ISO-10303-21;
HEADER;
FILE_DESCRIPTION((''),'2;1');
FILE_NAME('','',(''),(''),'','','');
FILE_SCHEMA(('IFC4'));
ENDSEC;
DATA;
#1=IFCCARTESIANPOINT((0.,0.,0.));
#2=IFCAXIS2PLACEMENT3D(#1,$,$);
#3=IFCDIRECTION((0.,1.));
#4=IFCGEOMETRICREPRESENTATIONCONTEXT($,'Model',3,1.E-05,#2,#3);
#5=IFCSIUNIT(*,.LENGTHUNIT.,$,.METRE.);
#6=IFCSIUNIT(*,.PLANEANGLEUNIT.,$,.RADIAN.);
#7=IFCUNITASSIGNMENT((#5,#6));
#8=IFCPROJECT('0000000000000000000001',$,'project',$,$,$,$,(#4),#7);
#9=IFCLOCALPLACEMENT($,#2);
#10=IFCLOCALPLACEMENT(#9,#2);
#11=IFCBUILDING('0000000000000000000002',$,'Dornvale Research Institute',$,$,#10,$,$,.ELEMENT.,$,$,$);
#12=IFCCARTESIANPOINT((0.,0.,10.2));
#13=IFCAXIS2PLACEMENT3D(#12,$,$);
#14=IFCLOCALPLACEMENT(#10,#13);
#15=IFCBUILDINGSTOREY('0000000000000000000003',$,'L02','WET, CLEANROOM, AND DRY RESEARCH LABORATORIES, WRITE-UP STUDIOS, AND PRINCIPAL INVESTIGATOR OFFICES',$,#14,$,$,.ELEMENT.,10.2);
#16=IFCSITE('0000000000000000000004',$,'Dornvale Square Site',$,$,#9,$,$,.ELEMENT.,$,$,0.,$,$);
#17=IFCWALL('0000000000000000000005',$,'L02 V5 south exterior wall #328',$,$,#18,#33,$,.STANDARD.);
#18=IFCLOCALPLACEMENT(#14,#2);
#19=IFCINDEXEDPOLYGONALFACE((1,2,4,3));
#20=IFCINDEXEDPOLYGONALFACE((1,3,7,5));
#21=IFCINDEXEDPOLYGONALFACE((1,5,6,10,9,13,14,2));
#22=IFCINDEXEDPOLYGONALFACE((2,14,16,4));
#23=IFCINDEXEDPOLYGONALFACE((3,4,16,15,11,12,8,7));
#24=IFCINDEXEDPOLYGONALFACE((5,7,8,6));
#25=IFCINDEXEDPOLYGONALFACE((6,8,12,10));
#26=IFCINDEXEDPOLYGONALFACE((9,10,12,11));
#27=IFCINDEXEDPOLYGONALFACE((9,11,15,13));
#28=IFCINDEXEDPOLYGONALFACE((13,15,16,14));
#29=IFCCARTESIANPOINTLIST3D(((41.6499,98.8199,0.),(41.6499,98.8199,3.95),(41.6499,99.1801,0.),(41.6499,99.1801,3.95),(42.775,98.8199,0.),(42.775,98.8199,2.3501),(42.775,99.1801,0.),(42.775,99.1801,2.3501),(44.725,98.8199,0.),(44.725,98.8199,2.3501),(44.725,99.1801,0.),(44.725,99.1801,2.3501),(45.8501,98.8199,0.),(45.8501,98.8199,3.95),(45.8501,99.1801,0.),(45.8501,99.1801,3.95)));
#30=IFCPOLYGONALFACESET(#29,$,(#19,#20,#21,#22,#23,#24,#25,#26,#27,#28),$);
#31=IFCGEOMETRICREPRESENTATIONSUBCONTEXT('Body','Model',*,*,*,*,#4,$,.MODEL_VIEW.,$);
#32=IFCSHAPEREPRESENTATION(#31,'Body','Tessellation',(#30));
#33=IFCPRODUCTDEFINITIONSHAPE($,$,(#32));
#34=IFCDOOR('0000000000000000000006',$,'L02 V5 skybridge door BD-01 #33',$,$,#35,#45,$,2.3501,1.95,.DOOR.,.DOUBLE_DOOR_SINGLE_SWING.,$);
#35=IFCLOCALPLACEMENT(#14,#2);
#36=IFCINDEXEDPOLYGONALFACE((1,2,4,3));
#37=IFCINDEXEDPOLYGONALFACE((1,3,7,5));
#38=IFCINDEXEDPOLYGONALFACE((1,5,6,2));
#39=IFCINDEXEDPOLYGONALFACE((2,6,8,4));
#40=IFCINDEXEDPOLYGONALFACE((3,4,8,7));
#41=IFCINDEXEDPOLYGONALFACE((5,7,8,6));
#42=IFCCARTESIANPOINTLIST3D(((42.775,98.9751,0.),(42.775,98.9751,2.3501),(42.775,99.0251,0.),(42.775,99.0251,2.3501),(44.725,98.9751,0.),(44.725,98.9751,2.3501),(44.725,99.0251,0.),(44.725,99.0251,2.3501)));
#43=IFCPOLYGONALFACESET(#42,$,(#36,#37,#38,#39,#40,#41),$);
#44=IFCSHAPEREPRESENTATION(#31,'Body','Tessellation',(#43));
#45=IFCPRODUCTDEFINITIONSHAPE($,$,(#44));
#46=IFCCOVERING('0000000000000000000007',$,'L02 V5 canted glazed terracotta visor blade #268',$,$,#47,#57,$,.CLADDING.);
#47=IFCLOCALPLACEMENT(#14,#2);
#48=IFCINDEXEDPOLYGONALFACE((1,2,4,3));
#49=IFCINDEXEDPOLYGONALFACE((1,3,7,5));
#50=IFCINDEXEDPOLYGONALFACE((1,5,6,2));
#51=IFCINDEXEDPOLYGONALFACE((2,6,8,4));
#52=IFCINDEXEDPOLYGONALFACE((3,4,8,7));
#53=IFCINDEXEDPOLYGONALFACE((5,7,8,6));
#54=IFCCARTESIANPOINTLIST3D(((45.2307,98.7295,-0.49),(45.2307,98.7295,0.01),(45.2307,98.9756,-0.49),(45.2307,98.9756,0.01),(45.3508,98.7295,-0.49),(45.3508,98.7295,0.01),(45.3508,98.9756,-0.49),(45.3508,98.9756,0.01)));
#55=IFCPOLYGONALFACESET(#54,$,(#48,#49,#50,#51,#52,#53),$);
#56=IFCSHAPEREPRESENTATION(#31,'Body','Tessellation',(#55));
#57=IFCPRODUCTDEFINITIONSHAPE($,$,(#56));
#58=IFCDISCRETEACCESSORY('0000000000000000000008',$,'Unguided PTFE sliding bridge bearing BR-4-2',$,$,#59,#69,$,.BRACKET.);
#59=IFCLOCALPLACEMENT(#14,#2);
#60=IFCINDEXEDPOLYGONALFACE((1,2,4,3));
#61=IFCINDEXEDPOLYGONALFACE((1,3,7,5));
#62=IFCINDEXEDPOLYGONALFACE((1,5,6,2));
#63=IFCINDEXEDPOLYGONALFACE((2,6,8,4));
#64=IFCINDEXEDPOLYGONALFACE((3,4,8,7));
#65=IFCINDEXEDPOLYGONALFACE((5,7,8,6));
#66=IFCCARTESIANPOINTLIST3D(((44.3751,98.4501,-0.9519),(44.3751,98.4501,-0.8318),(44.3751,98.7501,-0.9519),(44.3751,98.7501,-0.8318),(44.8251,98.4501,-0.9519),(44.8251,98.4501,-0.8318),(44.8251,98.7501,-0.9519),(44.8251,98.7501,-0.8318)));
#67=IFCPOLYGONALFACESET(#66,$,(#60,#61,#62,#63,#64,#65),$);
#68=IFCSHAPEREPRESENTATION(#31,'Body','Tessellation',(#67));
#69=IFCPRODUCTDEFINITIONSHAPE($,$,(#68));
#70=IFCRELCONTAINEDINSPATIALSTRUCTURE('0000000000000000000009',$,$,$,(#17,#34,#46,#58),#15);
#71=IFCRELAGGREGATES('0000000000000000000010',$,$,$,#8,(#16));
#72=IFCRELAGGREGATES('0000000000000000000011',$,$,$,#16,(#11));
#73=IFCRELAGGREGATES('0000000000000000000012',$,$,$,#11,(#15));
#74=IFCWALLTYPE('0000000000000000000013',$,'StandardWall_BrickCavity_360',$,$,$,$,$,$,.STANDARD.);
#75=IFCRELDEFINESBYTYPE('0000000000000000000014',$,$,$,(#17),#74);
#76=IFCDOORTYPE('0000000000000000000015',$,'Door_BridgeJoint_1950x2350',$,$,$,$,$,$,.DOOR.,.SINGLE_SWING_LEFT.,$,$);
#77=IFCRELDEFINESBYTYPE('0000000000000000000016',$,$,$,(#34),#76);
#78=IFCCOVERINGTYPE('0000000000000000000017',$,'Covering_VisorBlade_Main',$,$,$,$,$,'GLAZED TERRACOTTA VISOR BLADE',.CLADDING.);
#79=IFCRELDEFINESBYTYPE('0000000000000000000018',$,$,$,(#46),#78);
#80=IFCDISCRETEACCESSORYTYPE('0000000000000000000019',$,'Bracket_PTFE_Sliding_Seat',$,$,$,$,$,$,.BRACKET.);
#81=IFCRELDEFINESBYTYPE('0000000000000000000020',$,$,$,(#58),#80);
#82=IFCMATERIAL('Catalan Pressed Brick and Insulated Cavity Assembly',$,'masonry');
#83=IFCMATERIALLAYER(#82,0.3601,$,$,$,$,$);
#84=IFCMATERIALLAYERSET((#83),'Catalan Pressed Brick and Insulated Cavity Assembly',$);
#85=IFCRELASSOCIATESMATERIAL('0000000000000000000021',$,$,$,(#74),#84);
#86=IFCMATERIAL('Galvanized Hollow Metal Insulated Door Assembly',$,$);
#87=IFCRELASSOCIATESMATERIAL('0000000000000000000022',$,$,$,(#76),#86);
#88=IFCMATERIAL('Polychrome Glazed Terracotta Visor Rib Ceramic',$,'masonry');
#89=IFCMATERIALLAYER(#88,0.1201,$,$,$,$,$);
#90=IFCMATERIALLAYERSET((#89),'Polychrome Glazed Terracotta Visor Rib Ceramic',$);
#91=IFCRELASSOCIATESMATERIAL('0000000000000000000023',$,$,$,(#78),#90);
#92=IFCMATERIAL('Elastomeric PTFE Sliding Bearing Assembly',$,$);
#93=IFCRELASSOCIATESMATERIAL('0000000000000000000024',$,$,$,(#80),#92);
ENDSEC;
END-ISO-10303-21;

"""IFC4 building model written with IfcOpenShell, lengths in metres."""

from ifc_helpers import new_model, si_unit, direction, frame, frame_2d, origin, origin_2d, place, context, subcontext, project, spatial, rectangle, extrude, material, layer, layer_set, type_object, element, fill, save


model = new_model("IFC4")

# Units and contexts
model_context = context("Model", 3, precision=1e-05, world=origin(), true_north=direction((0.0, 1.0)))
body_context = subcontext(model_context, "Body", "Model", "MODEL_VIEW")
ifc_project = project(units=[si_unit("LENGTHUNIT", "METRE"), si_unit("PLANEANGLEUNIT", "RADIAN")], contexts=[model_context])

# Site, building, storey
site_placement = place(None, origin())
site = spatial("IfcSite", under=ifc_project, at=site_placement, Name="Dornvale Square Site", CompositionType="ELEMENT", RefElevation=0.0)
building_placement = place(site_placement, origin())
building = spatial("IfcBuilding", under=site, at=building_placement, Name="Dornvale Research Institute", CompositionType="ELEMENT")
storey_placement = place(building_placement, frame((0.0, 0.0, 10.2)))
storey = spatial("IfcBuildingStorey", under=building, at=storey_placement, Name="L02", Description="WET, CLEANROOM, AND DRY RESEARCH LABORATORIES, WRITE-UP STUDIOS, AND PRINCIPAL INVESTIGATOR OFFICES", CompositionType="ELEMENT", Elevation=10.2)

# Wall, opening, door
ifc_material_1 = material(Name="Catalan Pressed Brick and Insulated Cavity Assembly", Category="masonry")
ifc_layer_1 = layer(ifc_material_1, 0.3601)
ifc_layer_set_1 = layer_set([ifc_layer_1], Name="Catalan Pressed Brick and Insulated Cavity Assembly")
wall_type = type_object("IfcWallType", Name="StandardWall_BrickCavity_360", PredefinedType="STANDARD", material=ifc_layer_set_1)
wall_placement = place(storey_placement, frame((45.8501, 99.0, 0.0), z_axis=(0.0, 0.0, 1.0), x_axis=(-1.0, 0.0, 0.0)))
wall = element("IfcWall", 1, at=wall_placement, inside=storey, type_object=wall_type, Name="L02 V5 south exterior wall #328", PredefinedType="STANDARD", context=body_context, shape_type="SweptSolid", body=[
    extrude(rectangle(XDim=4.2002, YDim=0.3601, at=frame_2d((2.1001, 0.0))), origin(), (0.0, 0.0, 1.0), 3.95),
])
opening_placement = place(wall_placement, frame((1.125, 0.0, 0.0)))
opening = element("IfcOpeningElement", 2, at=opening_placement, cuts=wall, PredefinedType="OPENING", context=body_context, shape_type="SweptSolid", body=[
    extrude(rectangle(XDim=1.95, YDim=2.3501, at=frame_2d((0.9751, 1.175))), frame((0.0, 0.1951, 0.0), z_axis=(0.0, -1.0, 0.0), x_axis=(1.0, 0.0, 0.0)), (0.0, 0.0, 1.0), 0.3901),
])
ifc_material_2 = material(Name="Galvanized Hollow Metal Insulated Door Assembly")
door_type = type_object("IfcDoorType", Name="Door_BridgeJoint_1950x2350", OperationType="SINGLE_SWING_LEFT", PredefinedType="DOOR", material=ifc_material_2)
door_placement = place(opening_placement, origin())
door = element("IfcDoor", 3, at=door_placement, inside=storey, type_object=door_type, Name="L02 V5 skybridge door BD-01 #33", OperationType="DOUBLE_DOOR_SINGLE_SWING", OverallHeight=2.3501, OverallWidth=1.95, PredefinedType="DOOR", context=body_context, shape_type="SweptSolid", body=[
    extrude(rectangle(XDim=1.95, YDim=2.3501, at=frame_2d((0.9751, 1.175))), frame((0.0, 0.0249, 0.0), z_axis=(0.0, -1.0, 0.0), x_axis=(1.0, 0.0, 0.0)), (0.0, 0.0, 1.0), 0.05),
])
fill(opening, door)

# Covering
ifc_material_3 = material(Name="Polychrome Glazed Terracotta Visor Rib Ceramic", Category="masonry")
ifc_layer_2 = layer(ifc_material_3, 0.1201)
ifc_layer_set_2 = layer_set([ifc_layer_2], Name="Polychrome Glazed Terracotta Visor Rib Ceramic")
covering_type = type_object("IfcCoveringType", Name="Covering_VisorBlade_Main", ElementType="GLAZED TERRACOTTA VISOR BLADE", PredefinedType="CLADDING", material=ifc_layer_set_2)
covering_placement = place(storey_placement, frame((45.2908, 98.8525, -0.49), z_axis=(0.0, 0.0, 1.0), x_axis=(0.0, 1.0, 0.0)))
element("IfcCovering", 4, at=covering_placement, inside=storey, type_object=covering_type, Name="L02 V5 canted glazed terracotta visor blade #268", PredefinedType="CLADDING", context=body_context, shape_type="SweptSolid", body=[
    extrude(rectangle(XDim=0.2461, YDim=0.1201, at=origin_2d()), origin(), (0.0, 0.0, 1.0), 0.5),
])

# Discrete accessory
ifc_material_4 = material(Name="Elastomeric PTFE Sliding Bearing Assembly")
discrete_accessory_type = type_object("IfcDiscreteAccessoryType", Name="Bracket_PTFE_Sliding_Seat", PredefinedType="BRACKET", material=ifc_material_4)
discrete_accessory_placement = place(storey_placement, frame((44.6001, 98.6001, -0.9519), z_axis=(0.0, 0.0, 1.0), x_axis=(1.0, 0.0, 0.0)))
element("IfcDiscreteAccessory", 5, at=discrete_accessory_placement, inside=storey, type_object=discrete_accessory_type, Name="Unguided PTFE sliding bridge bearing BR-4-2", PredefinedType="BRACKET", context=body_context, shape_type="SweptSolid", body=[
    extrude(rectangle(XDim=0.45, YDim=0.3, at=origin_2d()), origin(), (0.0, 0.0, 1.0), 0.1201),
])

save(model, "model.ifc")
